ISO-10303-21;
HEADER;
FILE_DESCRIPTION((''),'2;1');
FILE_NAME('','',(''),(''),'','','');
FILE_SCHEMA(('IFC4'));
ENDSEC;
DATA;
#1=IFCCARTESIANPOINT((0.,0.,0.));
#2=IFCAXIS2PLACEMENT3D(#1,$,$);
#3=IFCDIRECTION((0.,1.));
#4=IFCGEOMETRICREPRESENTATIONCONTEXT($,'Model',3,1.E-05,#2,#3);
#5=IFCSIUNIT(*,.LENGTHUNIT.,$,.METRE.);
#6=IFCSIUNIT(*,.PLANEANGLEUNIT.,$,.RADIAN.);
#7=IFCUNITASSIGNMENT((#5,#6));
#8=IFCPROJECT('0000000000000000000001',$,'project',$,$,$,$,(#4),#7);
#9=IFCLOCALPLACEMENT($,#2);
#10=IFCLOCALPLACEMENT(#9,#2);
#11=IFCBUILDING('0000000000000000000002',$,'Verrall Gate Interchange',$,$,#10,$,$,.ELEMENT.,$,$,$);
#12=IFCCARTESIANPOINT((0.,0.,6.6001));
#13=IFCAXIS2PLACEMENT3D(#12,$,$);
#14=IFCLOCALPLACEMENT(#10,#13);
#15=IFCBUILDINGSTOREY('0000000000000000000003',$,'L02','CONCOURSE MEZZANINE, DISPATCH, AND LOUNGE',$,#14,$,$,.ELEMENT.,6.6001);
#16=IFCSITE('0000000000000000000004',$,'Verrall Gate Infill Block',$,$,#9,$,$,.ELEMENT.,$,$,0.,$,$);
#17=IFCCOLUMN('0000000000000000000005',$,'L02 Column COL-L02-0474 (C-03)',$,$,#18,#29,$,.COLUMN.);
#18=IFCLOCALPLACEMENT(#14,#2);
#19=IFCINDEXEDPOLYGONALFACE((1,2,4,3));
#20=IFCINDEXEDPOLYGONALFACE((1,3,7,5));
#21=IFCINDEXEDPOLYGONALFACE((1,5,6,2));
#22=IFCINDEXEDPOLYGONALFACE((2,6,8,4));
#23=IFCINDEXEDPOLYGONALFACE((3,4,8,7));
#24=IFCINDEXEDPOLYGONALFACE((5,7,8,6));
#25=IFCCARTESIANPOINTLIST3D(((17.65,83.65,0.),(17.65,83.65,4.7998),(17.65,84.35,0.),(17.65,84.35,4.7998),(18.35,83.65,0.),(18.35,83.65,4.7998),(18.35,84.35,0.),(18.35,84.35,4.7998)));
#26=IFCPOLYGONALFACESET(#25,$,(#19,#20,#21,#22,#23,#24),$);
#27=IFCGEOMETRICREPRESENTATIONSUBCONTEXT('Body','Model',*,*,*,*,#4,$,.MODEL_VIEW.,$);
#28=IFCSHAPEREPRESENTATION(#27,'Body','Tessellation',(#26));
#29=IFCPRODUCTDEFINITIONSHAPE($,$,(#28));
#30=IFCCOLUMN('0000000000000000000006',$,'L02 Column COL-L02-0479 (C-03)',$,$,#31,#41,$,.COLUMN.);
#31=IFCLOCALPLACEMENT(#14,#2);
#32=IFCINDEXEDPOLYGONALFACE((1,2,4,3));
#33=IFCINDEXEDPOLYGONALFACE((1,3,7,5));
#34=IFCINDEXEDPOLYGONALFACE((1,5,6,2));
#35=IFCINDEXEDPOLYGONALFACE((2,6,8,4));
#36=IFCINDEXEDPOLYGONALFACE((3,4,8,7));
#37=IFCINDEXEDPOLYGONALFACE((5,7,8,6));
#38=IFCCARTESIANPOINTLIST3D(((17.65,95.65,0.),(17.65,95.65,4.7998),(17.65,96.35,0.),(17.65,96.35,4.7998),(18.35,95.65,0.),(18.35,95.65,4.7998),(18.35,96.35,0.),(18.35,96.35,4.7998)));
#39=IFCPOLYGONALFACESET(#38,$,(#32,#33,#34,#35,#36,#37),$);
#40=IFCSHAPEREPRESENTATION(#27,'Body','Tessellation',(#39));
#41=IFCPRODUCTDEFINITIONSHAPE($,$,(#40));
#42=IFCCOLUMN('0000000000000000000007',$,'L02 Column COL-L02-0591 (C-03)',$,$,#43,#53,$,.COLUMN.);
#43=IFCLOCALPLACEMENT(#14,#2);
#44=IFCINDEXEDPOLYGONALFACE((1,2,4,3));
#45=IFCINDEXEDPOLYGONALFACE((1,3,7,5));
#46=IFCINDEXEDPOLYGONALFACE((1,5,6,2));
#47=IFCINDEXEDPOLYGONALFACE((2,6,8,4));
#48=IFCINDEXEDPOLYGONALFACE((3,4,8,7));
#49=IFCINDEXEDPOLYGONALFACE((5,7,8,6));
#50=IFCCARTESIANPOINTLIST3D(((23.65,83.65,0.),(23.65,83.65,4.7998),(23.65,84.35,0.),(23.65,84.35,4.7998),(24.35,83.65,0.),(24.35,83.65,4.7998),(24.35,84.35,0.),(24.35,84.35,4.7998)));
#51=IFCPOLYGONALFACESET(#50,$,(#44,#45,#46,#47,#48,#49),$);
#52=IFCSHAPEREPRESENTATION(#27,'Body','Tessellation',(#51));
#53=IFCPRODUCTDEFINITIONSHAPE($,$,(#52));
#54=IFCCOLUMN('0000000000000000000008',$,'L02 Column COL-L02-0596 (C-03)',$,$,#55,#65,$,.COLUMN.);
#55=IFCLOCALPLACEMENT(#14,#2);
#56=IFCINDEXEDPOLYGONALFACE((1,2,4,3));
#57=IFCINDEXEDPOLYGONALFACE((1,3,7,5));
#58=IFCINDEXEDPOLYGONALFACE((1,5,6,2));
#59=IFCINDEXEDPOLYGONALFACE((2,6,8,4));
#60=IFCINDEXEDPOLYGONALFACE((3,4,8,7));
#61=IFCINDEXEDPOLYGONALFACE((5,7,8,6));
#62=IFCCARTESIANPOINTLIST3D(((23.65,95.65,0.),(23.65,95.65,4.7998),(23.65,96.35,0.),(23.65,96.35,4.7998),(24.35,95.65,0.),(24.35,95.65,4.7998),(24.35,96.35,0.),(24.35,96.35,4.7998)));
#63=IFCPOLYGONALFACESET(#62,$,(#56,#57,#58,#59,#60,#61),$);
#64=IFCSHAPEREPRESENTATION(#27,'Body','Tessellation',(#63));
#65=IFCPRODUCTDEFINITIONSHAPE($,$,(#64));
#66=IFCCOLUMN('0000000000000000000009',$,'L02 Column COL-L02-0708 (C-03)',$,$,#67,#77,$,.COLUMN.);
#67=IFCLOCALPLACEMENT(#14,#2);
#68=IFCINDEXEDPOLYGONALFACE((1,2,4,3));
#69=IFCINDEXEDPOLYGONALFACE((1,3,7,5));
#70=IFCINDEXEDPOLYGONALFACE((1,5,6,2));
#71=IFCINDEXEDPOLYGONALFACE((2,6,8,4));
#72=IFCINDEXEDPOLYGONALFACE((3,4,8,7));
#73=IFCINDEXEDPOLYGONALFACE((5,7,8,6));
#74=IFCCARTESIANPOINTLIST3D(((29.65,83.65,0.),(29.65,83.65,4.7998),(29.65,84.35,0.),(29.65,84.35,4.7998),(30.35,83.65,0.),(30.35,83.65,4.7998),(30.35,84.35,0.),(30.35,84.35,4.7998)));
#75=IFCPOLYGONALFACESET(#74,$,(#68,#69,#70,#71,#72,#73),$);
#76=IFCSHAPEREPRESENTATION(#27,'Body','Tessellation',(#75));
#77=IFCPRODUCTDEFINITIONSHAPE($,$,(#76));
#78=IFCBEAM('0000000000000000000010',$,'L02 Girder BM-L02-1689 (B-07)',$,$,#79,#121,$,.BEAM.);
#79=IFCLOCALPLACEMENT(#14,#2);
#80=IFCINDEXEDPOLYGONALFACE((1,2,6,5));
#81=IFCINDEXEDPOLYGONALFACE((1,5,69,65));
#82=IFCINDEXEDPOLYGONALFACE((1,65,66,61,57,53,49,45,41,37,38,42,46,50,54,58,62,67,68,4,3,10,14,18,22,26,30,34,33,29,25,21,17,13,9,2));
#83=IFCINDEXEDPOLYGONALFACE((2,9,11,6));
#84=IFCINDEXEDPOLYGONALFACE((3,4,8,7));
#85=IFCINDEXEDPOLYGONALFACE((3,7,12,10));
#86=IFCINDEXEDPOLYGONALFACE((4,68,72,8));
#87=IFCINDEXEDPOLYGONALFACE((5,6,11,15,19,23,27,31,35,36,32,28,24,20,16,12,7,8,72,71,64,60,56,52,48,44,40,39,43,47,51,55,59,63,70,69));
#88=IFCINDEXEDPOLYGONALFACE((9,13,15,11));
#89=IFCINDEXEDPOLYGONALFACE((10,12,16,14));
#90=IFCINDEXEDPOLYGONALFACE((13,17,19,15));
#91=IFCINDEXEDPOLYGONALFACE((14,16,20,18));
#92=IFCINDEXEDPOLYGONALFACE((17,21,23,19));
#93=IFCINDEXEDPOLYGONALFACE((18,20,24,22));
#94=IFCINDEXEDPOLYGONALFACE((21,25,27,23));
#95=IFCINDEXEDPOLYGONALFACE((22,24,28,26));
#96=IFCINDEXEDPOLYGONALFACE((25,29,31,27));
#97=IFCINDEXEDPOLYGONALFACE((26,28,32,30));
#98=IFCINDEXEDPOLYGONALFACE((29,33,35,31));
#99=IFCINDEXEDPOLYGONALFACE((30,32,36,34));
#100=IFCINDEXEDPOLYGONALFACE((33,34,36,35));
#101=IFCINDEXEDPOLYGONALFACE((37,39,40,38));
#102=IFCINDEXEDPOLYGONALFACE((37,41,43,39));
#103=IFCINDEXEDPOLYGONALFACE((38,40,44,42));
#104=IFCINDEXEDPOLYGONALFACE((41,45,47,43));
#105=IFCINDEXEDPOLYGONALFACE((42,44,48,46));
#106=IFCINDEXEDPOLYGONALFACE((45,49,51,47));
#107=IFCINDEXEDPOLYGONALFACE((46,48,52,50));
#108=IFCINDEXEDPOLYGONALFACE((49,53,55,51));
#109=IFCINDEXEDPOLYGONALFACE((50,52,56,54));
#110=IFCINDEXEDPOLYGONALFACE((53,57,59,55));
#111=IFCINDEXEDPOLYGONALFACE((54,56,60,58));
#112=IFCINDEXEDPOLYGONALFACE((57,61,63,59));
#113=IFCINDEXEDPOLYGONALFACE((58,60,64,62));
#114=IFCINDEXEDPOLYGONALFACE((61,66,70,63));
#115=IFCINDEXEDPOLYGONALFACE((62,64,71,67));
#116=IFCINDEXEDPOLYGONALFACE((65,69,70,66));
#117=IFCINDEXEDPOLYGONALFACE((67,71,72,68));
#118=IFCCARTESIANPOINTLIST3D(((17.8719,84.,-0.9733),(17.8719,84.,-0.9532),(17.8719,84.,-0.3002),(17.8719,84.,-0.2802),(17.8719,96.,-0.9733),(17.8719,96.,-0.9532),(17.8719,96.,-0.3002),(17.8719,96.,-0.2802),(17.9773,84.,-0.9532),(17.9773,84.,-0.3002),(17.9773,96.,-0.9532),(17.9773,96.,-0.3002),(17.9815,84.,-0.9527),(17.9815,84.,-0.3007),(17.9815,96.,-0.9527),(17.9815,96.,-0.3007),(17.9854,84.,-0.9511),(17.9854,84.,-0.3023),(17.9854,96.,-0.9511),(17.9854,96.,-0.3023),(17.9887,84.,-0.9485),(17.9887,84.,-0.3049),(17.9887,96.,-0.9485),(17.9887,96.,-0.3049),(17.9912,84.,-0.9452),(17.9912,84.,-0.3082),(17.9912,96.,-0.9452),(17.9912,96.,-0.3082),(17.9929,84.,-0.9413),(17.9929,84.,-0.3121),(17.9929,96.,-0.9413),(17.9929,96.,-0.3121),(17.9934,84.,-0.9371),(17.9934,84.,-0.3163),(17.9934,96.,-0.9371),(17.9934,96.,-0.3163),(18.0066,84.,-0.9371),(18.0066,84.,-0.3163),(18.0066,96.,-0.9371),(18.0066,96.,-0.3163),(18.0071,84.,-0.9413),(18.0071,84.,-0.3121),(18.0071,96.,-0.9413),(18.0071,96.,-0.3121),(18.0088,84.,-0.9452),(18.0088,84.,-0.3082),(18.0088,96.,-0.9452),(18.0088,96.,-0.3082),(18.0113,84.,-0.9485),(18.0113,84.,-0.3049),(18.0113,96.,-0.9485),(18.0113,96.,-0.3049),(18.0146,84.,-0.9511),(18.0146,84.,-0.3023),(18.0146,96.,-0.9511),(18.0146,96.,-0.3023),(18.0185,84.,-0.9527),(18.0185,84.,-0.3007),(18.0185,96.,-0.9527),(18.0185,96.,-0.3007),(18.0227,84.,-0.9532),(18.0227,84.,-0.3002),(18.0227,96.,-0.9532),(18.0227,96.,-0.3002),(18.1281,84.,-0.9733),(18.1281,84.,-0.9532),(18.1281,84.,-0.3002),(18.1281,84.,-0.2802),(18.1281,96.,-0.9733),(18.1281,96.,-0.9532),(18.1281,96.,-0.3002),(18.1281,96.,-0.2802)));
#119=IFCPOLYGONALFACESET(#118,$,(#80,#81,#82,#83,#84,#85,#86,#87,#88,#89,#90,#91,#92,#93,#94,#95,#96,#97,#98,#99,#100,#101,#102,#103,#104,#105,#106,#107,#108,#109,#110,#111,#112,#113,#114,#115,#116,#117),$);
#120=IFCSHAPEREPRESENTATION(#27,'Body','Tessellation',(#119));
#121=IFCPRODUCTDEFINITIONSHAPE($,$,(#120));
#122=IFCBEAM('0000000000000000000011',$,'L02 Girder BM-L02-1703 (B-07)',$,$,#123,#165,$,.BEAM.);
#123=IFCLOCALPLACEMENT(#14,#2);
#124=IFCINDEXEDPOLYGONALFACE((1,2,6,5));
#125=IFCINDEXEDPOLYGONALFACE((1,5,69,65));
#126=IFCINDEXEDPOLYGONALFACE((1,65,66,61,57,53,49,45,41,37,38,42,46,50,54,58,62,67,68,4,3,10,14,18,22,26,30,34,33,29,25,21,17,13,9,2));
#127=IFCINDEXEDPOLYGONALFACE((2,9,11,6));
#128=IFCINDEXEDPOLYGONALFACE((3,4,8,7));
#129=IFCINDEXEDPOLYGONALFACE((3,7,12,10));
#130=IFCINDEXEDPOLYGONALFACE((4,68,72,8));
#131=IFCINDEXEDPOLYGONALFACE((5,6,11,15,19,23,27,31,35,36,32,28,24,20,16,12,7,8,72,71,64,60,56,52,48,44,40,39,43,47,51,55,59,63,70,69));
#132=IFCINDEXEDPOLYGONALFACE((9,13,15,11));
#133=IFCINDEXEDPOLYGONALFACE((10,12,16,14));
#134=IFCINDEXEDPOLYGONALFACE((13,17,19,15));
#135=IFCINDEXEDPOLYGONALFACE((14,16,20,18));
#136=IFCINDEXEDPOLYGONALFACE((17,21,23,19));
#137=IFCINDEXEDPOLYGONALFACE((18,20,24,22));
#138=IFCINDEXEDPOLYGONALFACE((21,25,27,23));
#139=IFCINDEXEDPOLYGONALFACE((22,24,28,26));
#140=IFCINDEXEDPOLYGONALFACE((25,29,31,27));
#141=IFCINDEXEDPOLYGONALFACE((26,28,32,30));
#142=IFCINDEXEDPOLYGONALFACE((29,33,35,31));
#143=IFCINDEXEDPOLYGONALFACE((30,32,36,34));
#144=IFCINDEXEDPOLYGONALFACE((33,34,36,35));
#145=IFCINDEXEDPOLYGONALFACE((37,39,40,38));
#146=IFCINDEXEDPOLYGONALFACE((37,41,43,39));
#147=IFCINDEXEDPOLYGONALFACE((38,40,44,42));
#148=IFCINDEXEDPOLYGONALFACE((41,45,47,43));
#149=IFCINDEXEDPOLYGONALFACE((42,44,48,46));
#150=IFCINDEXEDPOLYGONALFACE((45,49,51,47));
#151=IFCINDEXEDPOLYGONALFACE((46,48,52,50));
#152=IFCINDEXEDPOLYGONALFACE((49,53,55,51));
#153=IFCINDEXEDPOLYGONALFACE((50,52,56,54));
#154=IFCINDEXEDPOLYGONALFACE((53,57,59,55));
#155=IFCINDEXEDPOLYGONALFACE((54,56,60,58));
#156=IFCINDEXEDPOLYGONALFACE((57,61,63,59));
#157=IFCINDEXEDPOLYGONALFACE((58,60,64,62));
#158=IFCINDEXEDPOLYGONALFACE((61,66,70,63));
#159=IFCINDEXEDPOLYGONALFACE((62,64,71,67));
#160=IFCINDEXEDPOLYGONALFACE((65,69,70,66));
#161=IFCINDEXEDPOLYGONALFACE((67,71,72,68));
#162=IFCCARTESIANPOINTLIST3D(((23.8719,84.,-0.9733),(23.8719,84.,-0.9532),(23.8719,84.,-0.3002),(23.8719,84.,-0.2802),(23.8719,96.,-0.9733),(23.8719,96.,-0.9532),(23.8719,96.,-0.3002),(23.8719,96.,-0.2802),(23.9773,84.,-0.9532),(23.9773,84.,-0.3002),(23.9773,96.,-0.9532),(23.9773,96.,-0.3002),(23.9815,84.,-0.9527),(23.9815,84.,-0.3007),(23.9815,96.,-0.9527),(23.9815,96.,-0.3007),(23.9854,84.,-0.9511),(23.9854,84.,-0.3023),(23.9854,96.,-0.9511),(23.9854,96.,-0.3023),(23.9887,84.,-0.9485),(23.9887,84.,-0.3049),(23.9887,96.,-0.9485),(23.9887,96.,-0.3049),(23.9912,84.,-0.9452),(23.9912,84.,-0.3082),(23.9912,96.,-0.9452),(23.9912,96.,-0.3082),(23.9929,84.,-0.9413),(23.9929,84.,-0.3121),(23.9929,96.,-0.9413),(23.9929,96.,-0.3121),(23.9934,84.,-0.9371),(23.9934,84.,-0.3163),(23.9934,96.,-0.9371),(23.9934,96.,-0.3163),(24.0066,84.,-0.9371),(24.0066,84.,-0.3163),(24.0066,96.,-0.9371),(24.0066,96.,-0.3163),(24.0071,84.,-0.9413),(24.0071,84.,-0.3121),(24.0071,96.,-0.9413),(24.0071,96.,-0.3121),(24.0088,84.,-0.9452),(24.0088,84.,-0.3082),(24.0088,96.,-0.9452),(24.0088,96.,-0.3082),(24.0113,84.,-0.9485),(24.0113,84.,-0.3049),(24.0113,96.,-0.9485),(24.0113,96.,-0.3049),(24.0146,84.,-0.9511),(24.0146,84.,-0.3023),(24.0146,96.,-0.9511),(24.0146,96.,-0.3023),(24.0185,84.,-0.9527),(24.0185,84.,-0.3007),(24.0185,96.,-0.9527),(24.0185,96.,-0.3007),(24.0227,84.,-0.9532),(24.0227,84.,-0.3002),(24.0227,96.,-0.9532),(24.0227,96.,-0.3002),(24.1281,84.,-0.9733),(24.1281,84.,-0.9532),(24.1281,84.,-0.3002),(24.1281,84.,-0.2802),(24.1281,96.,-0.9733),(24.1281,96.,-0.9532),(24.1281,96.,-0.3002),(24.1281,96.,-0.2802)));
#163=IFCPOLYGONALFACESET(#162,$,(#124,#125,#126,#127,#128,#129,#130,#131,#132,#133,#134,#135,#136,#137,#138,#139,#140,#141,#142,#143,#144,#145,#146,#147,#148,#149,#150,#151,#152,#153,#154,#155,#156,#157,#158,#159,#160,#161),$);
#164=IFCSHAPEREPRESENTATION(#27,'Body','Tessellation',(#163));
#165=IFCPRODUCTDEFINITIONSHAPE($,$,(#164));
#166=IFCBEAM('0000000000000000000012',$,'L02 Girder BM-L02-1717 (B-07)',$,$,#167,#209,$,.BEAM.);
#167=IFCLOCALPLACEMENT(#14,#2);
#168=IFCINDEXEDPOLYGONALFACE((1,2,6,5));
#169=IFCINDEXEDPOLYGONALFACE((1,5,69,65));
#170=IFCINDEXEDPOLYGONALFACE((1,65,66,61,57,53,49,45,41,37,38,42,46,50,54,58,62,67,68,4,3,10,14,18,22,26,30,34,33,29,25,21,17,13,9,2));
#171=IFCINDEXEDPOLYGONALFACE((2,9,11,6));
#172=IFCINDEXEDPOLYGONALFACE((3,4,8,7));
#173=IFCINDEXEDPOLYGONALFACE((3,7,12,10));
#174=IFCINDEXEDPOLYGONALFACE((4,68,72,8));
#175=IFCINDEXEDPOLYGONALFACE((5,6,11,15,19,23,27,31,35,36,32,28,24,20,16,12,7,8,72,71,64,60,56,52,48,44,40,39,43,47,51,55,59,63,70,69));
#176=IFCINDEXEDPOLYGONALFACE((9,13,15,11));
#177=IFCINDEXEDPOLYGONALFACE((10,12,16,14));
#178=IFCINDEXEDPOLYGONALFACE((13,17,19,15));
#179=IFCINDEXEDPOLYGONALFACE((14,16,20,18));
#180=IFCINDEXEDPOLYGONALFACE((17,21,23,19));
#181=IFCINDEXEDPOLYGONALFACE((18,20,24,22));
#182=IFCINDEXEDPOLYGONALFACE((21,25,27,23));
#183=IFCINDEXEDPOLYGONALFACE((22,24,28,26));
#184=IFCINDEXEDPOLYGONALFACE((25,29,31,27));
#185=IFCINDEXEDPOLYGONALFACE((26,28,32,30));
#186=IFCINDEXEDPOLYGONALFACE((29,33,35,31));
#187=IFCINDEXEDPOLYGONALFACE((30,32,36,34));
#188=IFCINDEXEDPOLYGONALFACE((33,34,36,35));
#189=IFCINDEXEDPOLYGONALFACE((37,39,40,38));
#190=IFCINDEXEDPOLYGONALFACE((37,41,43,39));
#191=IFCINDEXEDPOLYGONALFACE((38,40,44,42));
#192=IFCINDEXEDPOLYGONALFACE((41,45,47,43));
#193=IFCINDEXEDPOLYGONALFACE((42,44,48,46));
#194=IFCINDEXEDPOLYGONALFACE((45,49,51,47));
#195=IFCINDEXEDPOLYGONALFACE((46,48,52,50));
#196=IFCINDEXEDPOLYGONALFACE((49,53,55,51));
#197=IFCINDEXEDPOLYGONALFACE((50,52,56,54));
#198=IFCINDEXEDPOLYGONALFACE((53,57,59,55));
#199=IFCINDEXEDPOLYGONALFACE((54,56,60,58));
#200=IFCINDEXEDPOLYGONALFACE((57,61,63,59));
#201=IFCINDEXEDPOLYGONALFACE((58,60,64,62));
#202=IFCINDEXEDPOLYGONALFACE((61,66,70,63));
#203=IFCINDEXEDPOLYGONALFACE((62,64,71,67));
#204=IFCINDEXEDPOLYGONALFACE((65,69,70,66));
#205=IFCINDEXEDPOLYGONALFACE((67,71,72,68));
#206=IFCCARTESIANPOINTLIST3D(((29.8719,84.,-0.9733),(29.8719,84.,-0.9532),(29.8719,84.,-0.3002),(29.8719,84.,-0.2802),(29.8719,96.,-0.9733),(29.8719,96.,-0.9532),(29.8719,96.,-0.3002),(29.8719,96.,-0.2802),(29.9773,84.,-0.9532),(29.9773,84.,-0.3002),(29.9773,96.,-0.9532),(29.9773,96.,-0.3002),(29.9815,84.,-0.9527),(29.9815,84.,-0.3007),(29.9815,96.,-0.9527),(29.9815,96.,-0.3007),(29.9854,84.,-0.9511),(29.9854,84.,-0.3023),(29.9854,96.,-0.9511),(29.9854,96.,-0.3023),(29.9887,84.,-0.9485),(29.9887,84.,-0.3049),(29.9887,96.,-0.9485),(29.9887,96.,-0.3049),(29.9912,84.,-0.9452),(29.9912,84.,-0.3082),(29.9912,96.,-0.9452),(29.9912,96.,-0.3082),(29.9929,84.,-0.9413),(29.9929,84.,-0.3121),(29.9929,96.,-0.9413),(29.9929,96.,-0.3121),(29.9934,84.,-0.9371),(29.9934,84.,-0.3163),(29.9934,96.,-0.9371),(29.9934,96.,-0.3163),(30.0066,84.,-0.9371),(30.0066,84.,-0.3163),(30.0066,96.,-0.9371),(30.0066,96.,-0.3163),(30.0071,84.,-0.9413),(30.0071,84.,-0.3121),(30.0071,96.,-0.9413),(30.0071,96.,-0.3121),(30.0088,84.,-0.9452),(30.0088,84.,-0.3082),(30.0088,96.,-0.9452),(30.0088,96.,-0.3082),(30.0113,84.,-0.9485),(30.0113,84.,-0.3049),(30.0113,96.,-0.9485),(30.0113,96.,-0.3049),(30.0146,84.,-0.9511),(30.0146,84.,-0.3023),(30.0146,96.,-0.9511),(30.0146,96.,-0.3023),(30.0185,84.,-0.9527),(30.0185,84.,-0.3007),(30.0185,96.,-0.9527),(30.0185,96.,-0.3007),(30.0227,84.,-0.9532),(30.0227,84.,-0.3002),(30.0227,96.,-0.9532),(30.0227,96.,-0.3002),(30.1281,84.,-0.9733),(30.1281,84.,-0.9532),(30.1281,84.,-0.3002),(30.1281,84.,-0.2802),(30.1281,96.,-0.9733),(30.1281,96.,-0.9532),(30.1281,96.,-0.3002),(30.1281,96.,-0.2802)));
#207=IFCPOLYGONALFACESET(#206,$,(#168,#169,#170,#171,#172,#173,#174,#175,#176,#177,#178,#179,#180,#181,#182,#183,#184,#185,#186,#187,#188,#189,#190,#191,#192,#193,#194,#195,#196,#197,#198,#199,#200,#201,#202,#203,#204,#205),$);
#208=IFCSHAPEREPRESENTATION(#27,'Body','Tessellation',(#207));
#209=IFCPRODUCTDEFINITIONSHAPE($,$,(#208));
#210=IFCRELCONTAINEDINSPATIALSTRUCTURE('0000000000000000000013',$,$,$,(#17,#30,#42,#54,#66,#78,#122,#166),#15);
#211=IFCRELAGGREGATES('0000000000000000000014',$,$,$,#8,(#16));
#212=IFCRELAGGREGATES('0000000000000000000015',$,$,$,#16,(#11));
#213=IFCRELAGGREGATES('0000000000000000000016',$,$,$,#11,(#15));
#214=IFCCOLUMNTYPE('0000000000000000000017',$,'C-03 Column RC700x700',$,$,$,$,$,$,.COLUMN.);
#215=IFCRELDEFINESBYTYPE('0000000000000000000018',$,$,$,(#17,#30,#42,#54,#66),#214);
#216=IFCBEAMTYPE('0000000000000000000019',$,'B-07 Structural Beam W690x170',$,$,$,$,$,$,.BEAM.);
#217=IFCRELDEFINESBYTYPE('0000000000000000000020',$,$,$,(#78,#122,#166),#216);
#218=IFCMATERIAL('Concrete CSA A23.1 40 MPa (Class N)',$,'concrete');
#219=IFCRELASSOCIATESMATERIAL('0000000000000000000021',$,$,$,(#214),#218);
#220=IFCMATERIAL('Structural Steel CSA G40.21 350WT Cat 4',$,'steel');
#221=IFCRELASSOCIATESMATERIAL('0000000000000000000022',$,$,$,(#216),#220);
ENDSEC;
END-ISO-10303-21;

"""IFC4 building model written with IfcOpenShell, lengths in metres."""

from ifc_helpers import new_model, si_unit, direction, frame, origin, origin_2d, place, context, subcontext, project, spatial, rectangle, i_section, extrude, material, material_profile, profile_set, type_object, element, save


model = new_model("IFC4")

# Units and contexts
model_context = context("Model", 3, precision=1e-05, world=origin(), true_north=direction((0.0, 1.0)))
body_context = subcontext(model_context, "Body", "Model", "MODEL_VIEW")
ifc_project = project(units=[si_unit("LENGTHUNIT", "METRE"), si_unit("PLANEANGLEUNIT", "RADIAN")], contexts=[model_context])

# Site, building, storey
site_placement = place(None, origin())
site = spatial("IfcSite", under=ifc_project, at=site_placement, Name="Verrall Gate Infill Block", CompositionType="ELEMENT", RefElevation=0.0)
building_placement = place(site_placement, origin())
building = spatial("IfcBuilding", under=site, at=building_placement, Name="Verrall Gate Interchange", CompositionType="ELEMENT")
storey_placement = place(building_placement, frame((0.0, 0.0, 6.6001)))
storey = spatial("IfcBuildingStorey", under=building, at=storey_placement, Name="L02", Description="CONCOURSE MEZZANINE, DISPATCH, AND LOUNGE", CompositionType="ELEMENT", Elevation=6.6001)

# Columns
ifc_material_1 = material(Name="Concrete CSA A23.1 40 MPa (Class N)", Category="concrete")
ifc_material_profile_1 = material_profile(ifc_material_1, rectangle(XDim=0.7, YDim=0.7, at=origin_2d()), Name="RC700x700")
ifc_profile_set_1 = profile_set([ifc_material_profile_1], Name="Concrete CSA A23.1 40 MPa (Class N)")
column_type = type_object("IfcColumnType", Name="C-03 Column RC700x700", PredefinedType="COLUMN", material=ifc_profile_set_1)
for number, where, z_axis, x_axis, name in (
    (1, (18.0, 84.0, 0.0), (0.0, 0.0, 1.0), (1.0, 0.0, 0.0), "L02 Column COL-L02-0474 (C-03)"),
    (2, (18.0, 96.0, 0.0), (0.0, 0.0, 1.0), (1.0, 0.0, 0.0), "L02 Column COL-L02-0479 (C-03)"),
    (3, (24.0, 84.0, 0.0), (0.0, 0.0, 1.0), (1.0, 0.0, 0.0), "L02 Column COL-L02-0591 (C-03)"),
    (4, (24.0, 96.0, 0.0), (0.0, 0.0, 1.0), (1.0, 0.0, 0.0), "L02 Column COL-L02-0596 (C-03)"),
    (5, (30.0, 84.0, 0.0), (0.0, 0.0, 1.0), (1.0, 0.0, 0.0), "L02 Column COL-L02-0708 (C-03)"),
):
    element("IfcColumn", number, at=place(storey_placement, frame(where, z_axis=z_axis, x_axis=x_axis)), inside=storey, type_object=column_type, Name=name, PredefinedType="COLUMN", context=body_context, shape_type="SweptSolid", body=[
        extrude(rectangle(XDim=0.7, YDim=0.7, at=origin_2d()), origin(), (0.0, 0.0, 1.0), 4.7998),
    ])

# Beams
ifc_material_2 = material(Name="Structural Steel CSA G40.21 350WT Cat 4", Category="steel")
ifc_material_profile_2 = material_profile(ifc_material_2, i_section(OverallWidth=0.2561, OverallDepth=0.6931, WebThickness=0.0132, FlangeThickness=0.02, FilletRadius=0.0161, at=origin_2d()), Name="W690x170")
ifc_profile_set_2 = profile_set([ifc_material_profile_2], Name="Structural Steel CSA G40.21 350WT Cat 4")
beam_type_1 = type_object("IfcBeamType", Name="B-07 Structural Beam W690x170", PredefinedType="BEAM", material=ifc_profile_set_2)
for number, where, z_axis, x_axis, name in (
    (6, (18.0, 84.0, -0.6267), (0.0, 1.0, 0.0), (-1.0, 0.0, 0.0), "L02 Girder BM-L02-1689 (B-07)"),
    (7, (24.0, 84.0, -0.6267), (0.0, 1.0, 0.0), (-1.0, 0.0, 0.0), "L02 Girder BM-L02-1703 (B-07)"),
    (8, (30.0, 84.0, -0.6267), (0.0, 1.0, 0.0), (-1.0, 0.0, 0.0), "L02 Girder BM-L02-1717 (B-07)"),
):
    element("IfcBeam", number, at=place(storey_placement, frame(where, z_axis=z_axis, x_axis=x_axis)), inside=storey, type_object=beam_type_1, Name=name, PredefinedType="BEAM", context=body_context, shape_type="SweptSolid", body=[
        extrude(i_section(OverallWidth=0.2561, OverallDepth=0.6931, WebThickness=0.0132, FlangeThickness=0.02, FilletRadius=0.0161, at=origin_2d()), origin(), (0.0, 0.0, 1.0), 12.0),
    ])

save(model, "model.ifc")
